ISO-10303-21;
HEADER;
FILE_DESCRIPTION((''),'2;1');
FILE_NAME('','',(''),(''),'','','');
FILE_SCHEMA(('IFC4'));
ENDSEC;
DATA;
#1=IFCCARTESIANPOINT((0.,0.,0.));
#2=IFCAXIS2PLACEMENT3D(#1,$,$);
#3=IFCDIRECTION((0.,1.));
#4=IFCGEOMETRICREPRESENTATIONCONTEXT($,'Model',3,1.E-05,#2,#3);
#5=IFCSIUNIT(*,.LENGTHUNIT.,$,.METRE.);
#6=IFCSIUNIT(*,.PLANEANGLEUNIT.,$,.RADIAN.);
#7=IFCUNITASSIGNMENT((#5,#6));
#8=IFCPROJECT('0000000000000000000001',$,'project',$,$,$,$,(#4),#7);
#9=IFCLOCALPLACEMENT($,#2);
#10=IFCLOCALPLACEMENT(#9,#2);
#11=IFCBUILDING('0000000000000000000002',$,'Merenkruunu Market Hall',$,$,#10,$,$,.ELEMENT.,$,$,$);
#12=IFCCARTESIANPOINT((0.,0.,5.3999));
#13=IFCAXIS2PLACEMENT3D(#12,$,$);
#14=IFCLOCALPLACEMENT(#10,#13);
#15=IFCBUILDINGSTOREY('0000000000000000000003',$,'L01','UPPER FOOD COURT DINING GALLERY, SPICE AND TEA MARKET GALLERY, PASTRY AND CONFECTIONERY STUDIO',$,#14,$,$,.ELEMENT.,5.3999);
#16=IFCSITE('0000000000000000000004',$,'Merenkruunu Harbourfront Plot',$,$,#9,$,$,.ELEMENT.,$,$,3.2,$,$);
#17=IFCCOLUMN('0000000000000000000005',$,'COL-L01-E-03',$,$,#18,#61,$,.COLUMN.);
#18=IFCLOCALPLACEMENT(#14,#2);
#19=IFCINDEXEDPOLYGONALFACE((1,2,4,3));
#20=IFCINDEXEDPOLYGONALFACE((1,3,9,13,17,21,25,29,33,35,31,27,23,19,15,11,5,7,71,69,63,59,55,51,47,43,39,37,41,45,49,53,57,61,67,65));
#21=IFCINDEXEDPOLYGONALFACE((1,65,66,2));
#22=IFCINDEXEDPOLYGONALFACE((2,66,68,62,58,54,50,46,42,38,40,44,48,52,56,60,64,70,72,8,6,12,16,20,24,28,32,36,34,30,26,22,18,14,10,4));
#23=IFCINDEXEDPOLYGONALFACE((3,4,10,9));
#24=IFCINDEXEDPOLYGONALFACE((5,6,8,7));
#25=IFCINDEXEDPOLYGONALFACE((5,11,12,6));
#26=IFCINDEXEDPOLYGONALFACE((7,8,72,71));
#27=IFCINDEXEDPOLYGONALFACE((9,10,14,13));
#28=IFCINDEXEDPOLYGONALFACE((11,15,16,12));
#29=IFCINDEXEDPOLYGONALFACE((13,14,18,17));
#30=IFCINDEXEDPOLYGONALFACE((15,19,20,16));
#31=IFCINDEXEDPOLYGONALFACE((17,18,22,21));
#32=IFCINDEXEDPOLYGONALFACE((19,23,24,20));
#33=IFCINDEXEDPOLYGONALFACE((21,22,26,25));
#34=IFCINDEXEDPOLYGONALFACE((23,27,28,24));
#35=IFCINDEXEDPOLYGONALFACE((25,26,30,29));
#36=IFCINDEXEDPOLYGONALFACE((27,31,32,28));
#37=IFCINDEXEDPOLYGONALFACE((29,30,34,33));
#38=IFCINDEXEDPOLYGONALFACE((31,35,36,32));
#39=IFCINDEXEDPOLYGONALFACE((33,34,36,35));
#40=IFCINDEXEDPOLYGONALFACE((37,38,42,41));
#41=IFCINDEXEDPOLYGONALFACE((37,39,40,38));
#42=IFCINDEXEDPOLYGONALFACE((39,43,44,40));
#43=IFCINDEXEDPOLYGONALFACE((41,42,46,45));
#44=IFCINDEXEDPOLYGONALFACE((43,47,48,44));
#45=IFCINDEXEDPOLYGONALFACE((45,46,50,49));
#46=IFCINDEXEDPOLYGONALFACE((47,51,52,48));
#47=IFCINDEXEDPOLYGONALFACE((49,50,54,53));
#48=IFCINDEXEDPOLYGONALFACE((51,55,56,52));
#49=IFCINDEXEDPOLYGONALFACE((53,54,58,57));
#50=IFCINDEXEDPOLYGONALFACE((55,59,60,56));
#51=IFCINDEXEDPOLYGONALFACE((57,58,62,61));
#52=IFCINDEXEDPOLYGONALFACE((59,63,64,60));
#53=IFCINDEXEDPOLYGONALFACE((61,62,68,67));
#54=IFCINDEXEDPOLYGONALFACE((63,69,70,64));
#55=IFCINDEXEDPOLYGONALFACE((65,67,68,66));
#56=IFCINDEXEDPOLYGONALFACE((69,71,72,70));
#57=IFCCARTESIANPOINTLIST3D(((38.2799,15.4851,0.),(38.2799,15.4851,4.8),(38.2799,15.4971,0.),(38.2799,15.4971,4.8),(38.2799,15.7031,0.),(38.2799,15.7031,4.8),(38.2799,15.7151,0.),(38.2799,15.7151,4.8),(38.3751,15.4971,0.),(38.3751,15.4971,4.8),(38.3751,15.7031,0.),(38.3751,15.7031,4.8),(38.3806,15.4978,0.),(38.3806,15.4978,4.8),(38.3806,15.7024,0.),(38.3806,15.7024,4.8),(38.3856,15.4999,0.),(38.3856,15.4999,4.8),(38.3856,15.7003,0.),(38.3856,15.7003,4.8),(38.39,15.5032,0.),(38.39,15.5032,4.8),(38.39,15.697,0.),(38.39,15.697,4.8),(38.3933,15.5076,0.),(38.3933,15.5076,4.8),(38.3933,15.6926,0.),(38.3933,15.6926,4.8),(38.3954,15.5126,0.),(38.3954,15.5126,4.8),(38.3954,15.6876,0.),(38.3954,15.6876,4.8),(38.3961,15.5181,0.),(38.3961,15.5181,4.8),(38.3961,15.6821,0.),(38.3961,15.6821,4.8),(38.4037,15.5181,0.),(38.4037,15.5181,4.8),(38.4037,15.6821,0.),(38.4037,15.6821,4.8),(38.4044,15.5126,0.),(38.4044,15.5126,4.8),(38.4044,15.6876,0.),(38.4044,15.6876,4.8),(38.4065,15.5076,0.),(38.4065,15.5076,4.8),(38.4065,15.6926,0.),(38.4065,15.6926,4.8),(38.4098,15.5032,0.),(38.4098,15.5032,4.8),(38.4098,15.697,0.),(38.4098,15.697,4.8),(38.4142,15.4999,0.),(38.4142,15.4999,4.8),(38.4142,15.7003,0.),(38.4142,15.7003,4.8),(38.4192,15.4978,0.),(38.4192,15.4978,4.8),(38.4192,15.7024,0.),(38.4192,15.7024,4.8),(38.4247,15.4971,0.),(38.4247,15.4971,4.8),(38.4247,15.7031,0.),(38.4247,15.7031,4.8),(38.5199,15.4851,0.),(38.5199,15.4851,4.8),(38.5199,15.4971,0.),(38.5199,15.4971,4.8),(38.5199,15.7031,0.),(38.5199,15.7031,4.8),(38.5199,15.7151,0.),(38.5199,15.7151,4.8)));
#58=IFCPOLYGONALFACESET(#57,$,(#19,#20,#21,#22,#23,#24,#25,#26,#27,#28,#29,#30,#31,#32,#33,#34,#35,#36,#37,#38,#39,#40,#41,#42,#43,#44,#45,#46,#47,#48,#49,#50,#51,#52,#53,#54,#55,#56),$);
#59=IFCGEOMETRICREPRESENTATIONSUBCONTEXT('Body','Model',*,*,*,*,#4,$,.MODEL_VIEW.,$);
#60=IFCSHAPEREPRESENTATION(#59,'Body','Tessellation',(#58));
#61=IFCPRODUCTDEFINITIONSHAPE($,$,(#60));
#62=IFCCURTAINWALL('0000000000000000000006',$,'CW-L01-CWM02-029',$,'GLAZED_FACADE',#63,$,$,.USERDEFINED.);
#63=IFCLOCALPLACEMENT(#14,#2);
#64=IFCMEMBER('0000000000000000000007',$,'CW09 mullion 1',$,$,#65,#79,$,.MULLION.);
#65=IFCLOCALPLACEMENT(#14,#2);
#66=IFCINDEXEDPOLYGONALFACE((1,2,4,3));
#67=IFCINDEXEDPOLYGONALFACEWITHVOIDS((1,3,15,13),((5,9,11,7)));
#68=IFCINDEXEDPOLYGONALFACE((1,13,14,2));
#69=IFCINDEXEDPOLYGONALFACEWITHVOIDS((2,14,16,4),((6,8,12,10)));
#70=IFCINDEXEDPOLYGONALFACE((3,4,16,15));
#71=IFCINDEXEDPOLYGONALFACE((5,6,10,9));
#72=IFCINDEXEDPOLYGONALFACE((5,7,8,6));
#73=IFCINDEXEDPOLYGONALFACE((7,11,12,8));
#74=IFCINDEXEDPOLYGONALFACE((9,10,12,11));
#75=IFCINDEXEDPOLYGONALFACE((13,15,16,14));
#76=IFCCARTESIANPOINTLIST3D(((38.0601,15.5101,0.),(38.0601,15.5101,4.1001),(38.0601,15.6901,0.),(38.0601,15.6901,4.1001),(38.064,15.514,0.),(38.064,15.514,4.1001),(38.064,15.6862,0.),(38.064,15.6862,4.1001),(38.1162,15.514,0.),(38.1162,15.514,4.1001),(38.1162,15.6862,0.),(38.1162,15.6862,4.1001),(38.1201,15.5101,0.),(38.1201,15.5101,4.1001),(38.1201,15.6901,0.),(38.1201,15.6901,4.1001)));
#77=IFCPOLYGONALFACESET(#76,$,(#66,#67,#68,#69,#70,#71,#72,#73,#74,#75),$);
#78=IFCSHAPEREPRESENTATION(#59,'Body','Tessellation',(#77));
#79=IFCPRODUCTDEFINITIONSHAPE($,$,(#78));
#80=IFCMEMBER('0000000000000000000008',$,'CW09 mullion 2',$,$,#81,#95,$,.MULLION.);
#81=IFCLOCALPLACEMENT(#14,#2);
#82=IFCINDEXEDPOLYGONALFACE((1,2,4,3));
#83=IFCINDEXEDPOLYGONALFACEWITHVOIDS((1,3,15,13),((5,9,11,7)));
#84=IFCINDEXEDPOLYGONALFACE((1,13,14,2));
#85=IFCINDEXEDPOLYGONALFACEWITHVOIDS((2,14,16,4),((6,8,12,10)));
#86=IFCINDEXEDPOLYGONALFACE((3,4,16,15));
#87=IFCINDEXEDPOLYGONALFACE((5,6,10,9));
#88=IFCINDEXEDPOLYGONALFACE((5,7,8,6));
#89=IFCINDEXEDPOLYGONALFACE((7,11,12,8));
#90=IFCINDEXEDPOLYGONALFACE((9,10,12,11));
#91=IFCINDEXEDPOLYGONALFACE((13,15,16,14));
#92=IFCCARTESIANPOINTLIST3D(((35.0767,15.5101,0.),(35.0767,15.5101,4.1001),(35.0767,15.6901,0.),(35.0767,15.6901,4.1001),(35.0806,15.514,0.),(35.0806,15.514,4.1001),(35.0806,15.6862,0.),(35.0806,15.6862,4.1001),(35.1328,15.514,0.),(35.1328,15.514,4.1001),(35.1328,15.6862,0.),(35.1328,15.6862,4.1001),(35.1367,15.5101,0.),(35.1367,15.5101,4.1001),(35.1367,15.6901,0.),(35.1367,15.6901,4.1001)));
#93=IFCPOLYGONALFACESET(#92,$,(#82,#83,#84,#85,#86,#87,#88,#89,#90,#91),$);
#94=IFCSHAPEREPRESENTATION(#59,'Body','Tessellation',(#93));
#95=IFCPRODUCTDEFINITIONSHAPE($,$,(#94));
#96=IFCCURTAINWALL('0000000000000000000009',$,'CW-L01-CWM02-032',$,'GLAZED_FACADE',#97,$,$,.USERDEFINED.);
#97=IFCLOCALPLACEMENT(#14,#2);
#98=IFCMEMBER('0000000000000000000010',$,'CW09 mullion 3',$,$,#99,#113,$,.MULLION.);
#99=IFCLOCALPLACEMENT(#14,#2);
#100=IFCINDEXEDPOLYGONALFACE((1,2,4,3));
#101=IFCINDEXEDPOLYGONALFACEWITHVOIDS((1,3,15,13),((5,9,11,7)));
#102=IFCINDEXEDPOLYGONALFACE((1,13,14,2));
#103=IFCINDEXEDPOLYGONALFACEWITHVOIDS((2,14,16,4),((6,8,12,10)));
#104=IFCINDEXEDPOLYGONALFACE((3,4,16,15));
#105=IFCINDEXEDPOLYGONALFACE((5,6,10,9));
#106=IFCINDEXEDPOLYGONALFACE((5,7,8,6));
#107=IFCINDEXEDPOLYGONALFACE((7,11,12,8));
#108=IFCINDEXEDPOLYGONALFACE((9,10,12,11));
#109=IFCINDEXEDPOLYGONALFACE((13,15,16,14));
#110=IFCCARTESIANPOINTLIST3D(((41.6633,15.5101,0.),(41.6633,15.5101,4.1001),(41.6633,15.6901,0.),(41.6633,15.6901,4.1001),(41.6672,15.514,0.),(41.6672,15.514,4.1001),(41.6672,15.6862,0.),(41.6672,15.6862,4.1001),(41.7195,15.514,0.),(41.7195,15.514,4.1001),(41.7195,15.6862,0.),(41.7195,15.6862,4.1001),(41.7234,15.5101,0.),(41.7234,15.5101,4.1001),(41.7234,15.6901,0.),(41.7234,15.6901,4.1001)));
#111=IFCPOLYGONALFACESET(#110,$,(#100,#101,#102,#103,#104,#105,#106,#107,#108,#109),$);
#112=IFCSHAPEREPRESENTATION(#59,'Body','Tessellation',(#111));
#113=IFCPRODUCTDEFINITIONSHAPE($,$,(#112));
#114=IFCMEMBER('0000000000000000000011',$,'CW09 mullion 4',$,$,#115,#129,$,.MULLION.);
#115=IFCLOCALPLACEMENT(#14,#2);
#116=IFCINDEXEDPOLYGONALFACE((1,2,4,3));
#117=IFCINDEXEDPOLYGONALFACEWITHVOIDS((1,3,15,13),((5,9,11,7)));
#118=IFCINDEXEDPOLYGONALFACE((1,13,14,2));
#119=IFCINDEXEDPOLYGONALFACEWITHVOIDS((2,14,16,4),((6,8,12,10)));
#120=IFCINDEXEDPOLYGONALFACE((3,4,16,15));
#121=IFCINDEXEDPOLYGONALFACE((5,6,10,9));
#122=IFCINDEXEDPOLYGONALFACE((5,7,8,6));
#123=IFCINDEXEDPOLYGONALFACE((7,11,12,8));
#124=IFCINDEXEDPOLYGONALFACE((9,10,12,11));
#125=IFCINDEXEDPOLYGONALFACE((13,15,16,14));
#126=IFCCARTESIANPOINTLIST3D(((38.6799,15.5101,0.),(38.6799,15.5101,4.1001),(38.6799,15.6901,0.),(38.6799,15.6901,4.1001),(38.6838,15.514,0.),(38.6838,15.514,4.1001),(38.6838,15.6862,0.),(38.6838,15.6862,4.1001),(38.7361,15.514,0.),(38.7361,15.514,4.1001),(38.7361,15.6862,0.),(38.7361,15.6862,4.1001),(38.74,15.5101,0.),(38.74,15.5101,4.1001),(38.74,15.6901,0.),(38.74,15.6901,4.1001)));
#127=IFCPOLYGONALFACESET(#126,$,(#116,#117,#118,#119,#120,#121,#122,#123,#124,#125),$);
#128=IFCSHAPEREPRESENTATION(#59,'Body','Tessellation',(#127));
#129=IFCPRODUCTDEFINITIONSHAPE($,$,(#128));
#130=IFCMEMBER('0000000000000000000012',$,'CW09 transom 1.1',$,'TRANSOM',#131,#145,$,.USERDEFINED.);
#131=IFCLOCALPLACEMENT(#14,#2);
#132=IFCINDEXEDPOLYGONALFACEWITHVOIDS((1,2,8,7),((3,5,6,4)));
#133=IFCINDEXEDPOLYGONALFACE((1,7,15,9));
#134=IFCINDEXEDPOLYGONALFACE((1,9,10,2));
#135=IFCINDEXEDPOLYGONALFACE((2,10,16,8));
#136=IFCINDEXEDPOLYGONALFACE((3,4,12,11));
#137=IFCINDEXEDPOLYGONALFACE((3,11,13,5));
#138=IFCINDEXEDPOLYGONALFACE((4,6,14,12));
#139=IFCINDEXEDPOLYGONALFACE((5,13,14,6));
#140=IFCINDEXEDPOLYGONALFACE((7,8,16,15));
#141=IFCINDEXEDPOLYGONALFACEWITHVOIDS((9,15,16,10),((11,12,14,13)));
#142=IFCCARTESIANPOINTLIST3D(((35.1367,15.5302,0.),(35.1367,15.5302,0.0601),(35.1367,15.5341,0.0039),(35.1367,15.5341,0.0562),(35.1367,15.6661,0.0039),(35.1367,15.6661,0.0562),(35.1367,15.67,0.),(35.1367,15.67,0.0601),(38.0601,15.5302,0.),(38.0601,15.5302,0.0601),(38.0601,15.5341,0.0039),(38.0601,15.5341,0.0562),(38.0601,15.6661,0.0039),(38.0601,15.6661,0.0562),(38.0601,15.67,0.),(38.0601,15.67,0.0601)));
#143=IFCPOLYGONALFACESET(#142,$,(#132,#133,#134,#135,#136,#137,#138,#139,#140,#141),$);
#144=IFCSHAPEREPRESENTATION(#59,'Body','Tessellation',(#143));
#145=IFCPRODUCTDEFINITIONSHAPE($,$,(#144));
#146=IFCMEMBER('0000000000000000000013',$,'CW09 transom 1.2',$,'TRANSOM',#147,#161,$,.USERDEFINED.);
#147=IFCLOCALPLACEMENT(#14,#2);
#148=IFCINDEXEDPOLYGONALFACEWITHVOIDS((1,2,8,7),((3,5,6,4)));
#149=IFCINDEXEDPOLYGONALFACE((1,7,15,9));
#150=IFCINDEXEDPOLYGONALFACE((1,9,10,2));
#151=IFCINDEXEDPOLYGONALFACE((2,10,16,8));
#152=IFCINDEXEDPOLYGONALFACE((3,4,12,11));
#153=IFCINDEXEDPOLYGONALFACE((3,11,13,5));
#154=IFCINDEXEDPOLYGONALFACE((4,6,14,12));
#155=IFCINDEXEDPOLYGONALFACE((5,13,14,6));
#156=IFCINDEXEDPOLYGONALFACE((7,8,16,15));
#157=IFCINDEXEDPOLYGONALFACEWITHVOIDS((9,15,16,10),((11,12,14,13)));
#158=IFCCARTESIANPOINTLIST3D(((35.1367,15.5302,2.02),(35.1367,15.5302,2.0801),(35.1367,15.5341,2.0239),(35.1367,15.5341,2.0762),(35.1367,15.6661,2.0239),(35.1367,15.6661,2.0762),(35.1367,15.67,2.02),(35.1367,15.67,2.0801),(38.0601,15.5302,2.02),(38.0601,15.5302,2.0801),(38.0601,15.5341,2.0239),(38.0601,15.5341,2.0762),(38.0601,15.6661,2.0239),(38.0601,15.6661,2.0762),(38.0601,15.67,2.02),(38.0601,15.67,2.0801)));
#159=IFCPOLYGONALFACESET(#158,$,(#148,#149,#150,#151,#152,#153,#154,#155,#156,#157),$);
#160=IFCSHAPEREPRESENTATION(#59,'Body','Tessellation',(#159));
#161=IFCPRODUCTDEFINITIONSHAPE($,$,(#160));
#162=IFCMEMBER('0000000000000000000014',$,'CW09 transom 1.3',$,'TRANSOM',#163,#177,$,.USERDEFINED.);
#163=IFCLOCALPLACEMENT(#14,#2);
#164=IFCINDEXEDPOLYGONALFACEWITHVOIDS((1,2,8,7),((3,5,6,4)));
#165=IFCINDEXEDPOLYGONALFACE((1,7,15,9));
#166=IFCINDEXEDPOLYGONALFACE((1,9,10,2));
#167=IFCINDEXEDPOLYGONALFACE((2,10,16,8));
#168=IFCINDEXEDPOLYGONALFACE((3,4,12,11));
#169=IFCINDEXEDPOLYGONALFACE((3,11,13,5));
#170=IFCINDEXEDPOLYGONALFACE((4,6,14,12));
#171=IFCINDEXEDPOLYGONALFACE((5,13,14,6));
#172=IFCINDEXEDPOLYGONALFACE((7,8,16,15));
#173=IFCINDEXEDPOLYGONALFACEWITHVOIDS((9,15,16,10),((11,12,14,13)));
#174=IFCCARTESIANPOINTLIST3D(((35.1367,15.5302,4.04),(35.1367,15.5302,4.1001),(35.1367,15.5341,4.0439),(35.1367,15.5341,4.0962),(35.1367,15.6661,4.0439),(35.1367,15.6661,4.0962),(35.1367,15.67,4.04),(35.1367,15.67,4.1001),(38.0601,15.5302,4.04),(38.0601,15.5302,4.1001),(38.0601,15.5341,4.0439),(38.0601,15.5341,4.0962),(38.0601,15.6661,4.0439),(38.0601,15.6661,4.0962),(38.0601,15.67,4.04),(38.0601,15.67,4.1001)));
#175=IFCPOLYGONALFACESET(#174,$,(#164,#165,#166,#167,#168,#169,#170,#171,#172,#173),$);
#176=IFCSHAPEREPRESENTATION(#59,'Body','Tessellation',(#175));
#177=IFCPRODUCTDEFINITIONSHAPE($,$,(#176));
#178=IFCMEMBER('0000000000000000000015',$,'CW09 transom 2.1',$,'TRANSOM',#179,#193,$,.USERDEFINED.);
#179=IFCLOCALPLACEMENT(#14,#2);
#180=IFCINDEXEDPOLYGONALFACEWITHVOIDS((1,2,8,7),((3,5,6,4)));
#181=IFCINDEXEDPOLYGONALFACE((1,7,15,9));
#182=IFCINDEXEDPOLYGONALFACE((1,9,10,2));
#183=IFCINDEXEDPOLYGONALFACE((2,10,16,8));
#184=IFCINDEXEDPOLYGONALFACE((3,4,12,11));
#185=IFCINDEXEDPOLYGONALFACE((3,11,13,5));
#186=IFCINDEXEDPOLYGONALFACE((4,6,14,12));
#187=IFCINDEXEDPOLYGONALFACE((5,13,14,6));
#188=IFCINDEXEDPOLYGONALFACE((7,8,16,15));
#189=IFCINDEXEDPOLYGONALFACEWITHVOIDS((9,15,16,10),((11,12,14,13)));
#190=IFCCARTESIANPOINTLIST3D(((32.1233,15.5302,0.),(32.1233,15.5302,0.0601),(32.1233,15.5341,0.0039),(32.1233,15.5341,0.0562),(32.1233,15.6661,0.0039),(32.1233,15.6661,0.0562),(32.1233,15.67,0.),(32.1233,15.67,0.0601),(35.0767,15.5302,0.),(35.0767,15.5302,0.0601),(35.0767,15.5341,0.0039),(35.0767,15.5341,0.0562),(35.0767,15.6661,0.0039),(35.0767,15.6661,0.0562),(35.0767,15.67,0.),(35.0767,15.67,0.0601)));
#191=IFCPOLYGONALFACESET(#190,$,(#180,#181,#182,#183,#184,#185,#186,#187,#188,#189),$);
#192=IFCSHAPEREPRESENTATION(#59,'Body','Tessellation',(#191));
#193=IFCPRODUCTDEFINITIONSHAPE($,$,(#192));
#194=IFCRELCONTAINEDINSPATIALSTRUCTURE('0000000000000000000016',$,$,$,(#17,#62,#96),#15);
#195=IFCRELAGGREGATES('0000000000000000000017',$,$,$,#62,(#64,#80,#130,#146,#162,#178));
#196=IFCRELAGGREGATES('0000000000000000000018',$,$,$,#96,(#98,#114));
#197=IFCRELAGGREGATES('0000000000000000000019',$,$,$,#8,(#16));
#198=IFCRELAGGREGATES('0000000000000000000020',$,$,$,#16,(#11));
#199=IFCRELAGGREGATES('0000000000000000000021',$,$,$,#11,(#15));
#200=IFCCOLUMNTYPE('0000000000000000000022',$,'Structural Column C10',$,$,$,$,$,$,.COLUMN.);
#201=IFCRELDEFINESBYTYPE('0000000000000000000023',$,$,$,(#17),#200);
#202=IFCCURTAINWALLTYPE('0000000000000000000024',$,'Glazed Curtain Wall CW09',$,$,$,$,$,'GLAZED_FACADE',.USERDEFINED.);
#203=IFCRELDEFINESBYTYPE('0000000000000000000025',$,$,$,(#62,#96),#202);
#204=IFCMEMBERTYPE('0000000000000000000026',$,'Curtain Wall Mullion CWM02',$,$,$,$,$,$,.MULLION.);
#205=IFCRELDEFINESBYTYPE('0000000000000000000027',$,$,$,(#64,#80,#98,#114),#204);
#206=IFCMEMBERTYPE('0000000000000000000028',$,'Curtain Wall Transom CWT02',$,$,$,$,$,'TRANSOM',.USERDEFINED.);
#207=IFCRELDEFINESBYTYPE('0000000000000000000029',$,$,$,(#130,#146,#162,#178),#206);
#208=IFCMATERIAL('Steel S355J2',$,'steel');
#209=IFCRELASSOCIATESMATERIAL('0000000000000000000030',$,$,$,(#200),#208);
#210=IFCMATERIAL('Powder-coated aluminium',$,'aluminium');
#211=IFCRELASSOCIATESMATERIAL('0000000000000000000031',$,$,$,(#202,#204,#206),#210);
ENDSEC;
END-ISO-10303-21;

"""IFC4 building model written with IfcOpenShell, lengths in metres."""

from ifc_helpers import new_model, si_unit, direction, frame, origin, origin_2d, place, context, subcontext, project, spatial, hollow_rectangle, i_section, extrude, material, material_profile, profile_set, type_object, element, aggregate, save


model = new_model("IFC4")

# Units and contexts
model_context = context("Model", 3, precision=1e-05, world=origin(), true_north=direction((0.0, 1.0)))
body_context = subcontext(model_context, "Body", "Model", "MODEL_VIEW")
ifc_project = project(units=[si_unit("LENGTHUNIT", "METRE"), si_unit("PLANEANGLEUNIT", "RADIAN")], contexts=[model_context])

# Site, building, storey
site_placement = place(None, origin())
site = spatial("IfcSite", under=ifc_project, at=site_placement, Name="Merenkruunu Harbourfront Plot", CompositionType="ELEMENT", RefElevation=3.2)
building_placement = place(site_placement, origin())
building = spatial("IfcBuilding", under=site, at=building_placement, Name="Merenkruunu Market Hall", CompositionType="ELEMENT")
storey_placement = place(building_placement, frame((0.0, 0.0, 5.3999)))
storey = spatial("IfcBuildingStorey", under=building, at=storey_placement, Name="L01", Description="UPPER FOOD COURT DINING GALLERY, SPICE AND TEA MARKET GALLERY, PASTRY AND CONFECTIONERY STUDIO", CompositionType="ELEMENT", Elevation=5.3999)

# Column
ifc_material_1 = material(Name="Steel S355J2", Category="steel")
ifc_material_profile_1 = material_profile(ifc_material_1, i_section(OverallWidth=0.24, OverallDepth=0.23, WebThickness=0.0076, FlangeThickness=0.012, FilletRadius=0.021, at=origin_2d()), Name="HEA 240")
ifc_profile_set_1 = profile_set([ifc_material_profile_1], Name="Steel S355J2")
column_type = type_object("IfcColumnType", Name="Structural Column C10", PredefinedType="COLUMN", material=ifc_profile_set_1)
column_placement = place(storey_placement, frame((38.3999, 15.6001, 0.0), z_axis=(0.0, 0.0, 1.0), x_axis=(1.0, 0.0, 0.0)))
element("IfcColumn", 1, at=column_placement, inside=storey, type_object=column_type, Name="COL-L01-E-03", PredefinedType="COLUMN", context=body_context, shape_type="SweptSolid", body=[
    extrude(i_section(OverallWidth=0.24, OverallDepth=0.23, WebThickness=0.0076, FlangeThickness=0.012, FilletRadius=0.021, at=origin_2d()), origin(), (0.0, 0.0, 1.0), 4.8),
])

# Curtain walls, members
ifc_material_2 = material(Name="Powder-coated aluminium", Category="aluminium")
curtain_wall_type = type_object("IfcCurtainWallType", Name="Glazed Curtain Wall CW09", ElementType="GLAZED_FACADE", PredefinedType="USERDEFINED", material=ifc_material_2)
curtain_wall_1_placement = place(storey_placement, origin())
curtain_wall_1 = element("IfcCurtainWall", 2, at=curtain_wall_1_placement, inside=storey, type_object=curtain_wall_type, Name="CW-L01-CWM02-029", ObjectType="GLAZED_FACADE", PredefinedType="USERDEFINED")
ifc_material_profile_2 = material_profile(ifc_material_2, hollow_rectangle(XDim=0.0601, YDim=0.1799, WallThickness=0.0039, at=origin_2d()), Name="ALU 60x180x4")
ifc_profile_set_2 = profile_set([ifc_material_profile_2], Name="Powder-coated aluminium")
member_type_1 = type_object("IfcMemberType", Name="Curtain Wall Mullion CWM02", PredefinedType="MULLION", material=ifc_profile_set_2)
member_1_placement = place(storey_placement, frame((38.0901, 15.6001, 0.0), z_axis=(0.0, 0.0, 1.0), x_axis=(-1.0, 0.0, 0.0)))
member_1 = element("IfcMember", 3, at=member_1_placement, type_object=member_type_1, Name="CW09 mullion 1", PredefinedType="MULLION", context=body_context, shape_type="SweptSolid", body=[
    extrude(hollow_rectangle(XDim=0.0601, YDim=0.1799, WallThickness=0.0039, at=origin_2d()), origin(), (0.0, 0.0, 1.0), 4.1001),
])
member_2_placement = place(storey_placement, frame((35.1067, 15.6001, 0.0), z_axis=(0.0, 0.0, 1.0), x_axis=(-1.0, 0.0, 0.0)))
member_2 = element("IfcMember", 4, at=member_2_placement, type_object=member_type_1, Name="CW09 mullion 2", PredefinedType="MULLION", context=body_context, shape_type="SweptSolid", body=[
    extrude(hollow_rectangle(XDim=0.0601, YDim=0.1799, WallThickness=0.0039, at=origin_2d()), origin(), (0.0, 0.0, 1.0), 4.1001),
])
curtain_wall_2_placement = place(storey_placement, origin())
curtain_wall_2 = element("IfcCurtainWall", 5, at=curtain_wall_2_placement, inside=storey, type_object=curtain_wall_type, Name="CW-L01-CWM02-032", ObjectType="GLAZED_FACADE", PredefinedType="USERDEFINED")
member_3_placement = place(storey_placement, frame((41.6934, 15.6001, 0.0), z_axis=(0.0, 0.0, 1.0), x_axis=(-1.0, 0.0, 0.0)))
member_3 = element("IfcMember", 6, at=member_3_placement, type_object=member_type_1, Name="CW09 mullion 3", PredefinedType="MULLION", context=body_context, shape_type="SweptSolid", body=[
    extrude(hollow_rectangle(XDim=0.0601, YDim=0.1799, WallThickness=0.0039, at=origin_2d()), origin(), (0.0, 0.0, 1.0), 4.1001),
])
member_4_placement = place(storey_placement, frame((38.71, 15.6001, 0.0), z_axis=(0.0, 0.0, 1.0), x_axis=(-1.0, 0.0, 0.0)))
member_4 = element("IfcMember", 7, at=member_4_placement, type_object=member_type_1, Name="CW09 mullion 4", PredefinedType="MULLION", context=body_context, shape_type="SweptSolid", body=[
    extrude(hollow_rectangle(XDim=0.0601, YDim=0.1799, WallThickness=0.0039, at=origin_2d()), origin(), (0.0, 0.0, 1.0), 4.1001),
])

# Members
ifc_material_profile_3 = material_profile(ifc_material_2, hollow_rectangle(XDim=0.0601, YDim=0.1399, WallThickness=0.0039, at=origin_2d()), Name="ALU 60x140x4")
ifc_profile_set_3 = profile_set([ifc_material_profile_3], Name="Powder-coated aluminium")
member_type_2 = type_object("IfcMemberType", Name="Curtain Wall Transom CWT02", ElementType="TRANSOM", PredefinedType="USERDEFINED", material=ifc_profile_set_3)
member_5_placement = place(storey_placement, frame((38.0601, 15.6001, 0.03), z_axis=(-1.0, 0.0, 0.0), x_axis=(0.0, 0.0, 1.0)))
member_5 = element("IfcMember", 8, at=member_5_placement, type_object=member_type_2, Name="CW09 transom 1.1", ObjectType="TRANSOM", PredefinedType="USERDEFINED", context=body_context, shape_type="SweptSolid", body=[
    extrude(hollow_rectangle(XDim=0.0601, YDim=0.1399, WallThickness=0.0039, at=origin_2d()), origin(), (0.0, 0.0, 1.0), 2.9233),
])
member_6_placement = place(storey_placement, frame((38.0601, 15.6001, 2.05), z_axis=(-1.0, 0.0, 0.0), x_axis=(0.0, 0.0, 1.0)))
member_6 = element("IfcMember", 9, at=member_6_placement, type_object=member_type_2, Name="CW09 transom 1.2", ObjectType="TRANSOM", PredefinedType="USERDEFINED", context=body_context, shape_type="SweptSolid", body=[
    extrude(hollow_rectangle(XDim=0.0601, YDim=0.1399, WallThickness=0.0039, at=origin_2d()), origin(), (0.0, 0.0, 1.0), 2.9233),
])
member_7_placement = place(storey_placement, frame((38.0601, 15.6001, 4.0701), z_axis=(-1.0, 0.0, 0.0), x_axis=(0.0, 0.0, 1.0)))
member_7 = element("IfcMember", 10, at=member_7_placement, type_object=member_type_2, Name="CW09 transom 1.3", ObjectType="TRANSOM", PredefinedType="USERDEFINED", context=body_context, shape_type="SweptSolid", body=[
    extrude(hollow_rectangle(XDim=0.0601, YDim=0.1399, WallThickness=0.0039, at=origin_2d()), origin(), (0.0, 0.0, 1.0), 2.9233),
])
member_8_placement = place(storey_placement, frame((35.0767, 15.6001, 0.03), z_axis=(-1.0, 0.0, 0.0), x_axis=(0.0, 0.0, 1.0)))
member_8 = element("IfcMember", 11, at=member_8_placement, type_object=member_type_2, Name="CW09 transom 2.1", ObjectType="TRANSOM", PredefinedType="USERDEFINED", context=body_context, shape_type="SweptSolid", body=[
    extrude(hollow_rectangle(XDim=0.0601, YDim=0.1399, WallThickness=0.0039, at=origin_2d()), origin(), (0.0, 0.0, 1.0), 2.9534),
])

aggregate(curtain_wall_1, [member_1, member_2, member_5, member_6, member_7, member_8])
aggregate(curtain_wall_2, [member_3, member_4])

save(model, "model.ifc")
